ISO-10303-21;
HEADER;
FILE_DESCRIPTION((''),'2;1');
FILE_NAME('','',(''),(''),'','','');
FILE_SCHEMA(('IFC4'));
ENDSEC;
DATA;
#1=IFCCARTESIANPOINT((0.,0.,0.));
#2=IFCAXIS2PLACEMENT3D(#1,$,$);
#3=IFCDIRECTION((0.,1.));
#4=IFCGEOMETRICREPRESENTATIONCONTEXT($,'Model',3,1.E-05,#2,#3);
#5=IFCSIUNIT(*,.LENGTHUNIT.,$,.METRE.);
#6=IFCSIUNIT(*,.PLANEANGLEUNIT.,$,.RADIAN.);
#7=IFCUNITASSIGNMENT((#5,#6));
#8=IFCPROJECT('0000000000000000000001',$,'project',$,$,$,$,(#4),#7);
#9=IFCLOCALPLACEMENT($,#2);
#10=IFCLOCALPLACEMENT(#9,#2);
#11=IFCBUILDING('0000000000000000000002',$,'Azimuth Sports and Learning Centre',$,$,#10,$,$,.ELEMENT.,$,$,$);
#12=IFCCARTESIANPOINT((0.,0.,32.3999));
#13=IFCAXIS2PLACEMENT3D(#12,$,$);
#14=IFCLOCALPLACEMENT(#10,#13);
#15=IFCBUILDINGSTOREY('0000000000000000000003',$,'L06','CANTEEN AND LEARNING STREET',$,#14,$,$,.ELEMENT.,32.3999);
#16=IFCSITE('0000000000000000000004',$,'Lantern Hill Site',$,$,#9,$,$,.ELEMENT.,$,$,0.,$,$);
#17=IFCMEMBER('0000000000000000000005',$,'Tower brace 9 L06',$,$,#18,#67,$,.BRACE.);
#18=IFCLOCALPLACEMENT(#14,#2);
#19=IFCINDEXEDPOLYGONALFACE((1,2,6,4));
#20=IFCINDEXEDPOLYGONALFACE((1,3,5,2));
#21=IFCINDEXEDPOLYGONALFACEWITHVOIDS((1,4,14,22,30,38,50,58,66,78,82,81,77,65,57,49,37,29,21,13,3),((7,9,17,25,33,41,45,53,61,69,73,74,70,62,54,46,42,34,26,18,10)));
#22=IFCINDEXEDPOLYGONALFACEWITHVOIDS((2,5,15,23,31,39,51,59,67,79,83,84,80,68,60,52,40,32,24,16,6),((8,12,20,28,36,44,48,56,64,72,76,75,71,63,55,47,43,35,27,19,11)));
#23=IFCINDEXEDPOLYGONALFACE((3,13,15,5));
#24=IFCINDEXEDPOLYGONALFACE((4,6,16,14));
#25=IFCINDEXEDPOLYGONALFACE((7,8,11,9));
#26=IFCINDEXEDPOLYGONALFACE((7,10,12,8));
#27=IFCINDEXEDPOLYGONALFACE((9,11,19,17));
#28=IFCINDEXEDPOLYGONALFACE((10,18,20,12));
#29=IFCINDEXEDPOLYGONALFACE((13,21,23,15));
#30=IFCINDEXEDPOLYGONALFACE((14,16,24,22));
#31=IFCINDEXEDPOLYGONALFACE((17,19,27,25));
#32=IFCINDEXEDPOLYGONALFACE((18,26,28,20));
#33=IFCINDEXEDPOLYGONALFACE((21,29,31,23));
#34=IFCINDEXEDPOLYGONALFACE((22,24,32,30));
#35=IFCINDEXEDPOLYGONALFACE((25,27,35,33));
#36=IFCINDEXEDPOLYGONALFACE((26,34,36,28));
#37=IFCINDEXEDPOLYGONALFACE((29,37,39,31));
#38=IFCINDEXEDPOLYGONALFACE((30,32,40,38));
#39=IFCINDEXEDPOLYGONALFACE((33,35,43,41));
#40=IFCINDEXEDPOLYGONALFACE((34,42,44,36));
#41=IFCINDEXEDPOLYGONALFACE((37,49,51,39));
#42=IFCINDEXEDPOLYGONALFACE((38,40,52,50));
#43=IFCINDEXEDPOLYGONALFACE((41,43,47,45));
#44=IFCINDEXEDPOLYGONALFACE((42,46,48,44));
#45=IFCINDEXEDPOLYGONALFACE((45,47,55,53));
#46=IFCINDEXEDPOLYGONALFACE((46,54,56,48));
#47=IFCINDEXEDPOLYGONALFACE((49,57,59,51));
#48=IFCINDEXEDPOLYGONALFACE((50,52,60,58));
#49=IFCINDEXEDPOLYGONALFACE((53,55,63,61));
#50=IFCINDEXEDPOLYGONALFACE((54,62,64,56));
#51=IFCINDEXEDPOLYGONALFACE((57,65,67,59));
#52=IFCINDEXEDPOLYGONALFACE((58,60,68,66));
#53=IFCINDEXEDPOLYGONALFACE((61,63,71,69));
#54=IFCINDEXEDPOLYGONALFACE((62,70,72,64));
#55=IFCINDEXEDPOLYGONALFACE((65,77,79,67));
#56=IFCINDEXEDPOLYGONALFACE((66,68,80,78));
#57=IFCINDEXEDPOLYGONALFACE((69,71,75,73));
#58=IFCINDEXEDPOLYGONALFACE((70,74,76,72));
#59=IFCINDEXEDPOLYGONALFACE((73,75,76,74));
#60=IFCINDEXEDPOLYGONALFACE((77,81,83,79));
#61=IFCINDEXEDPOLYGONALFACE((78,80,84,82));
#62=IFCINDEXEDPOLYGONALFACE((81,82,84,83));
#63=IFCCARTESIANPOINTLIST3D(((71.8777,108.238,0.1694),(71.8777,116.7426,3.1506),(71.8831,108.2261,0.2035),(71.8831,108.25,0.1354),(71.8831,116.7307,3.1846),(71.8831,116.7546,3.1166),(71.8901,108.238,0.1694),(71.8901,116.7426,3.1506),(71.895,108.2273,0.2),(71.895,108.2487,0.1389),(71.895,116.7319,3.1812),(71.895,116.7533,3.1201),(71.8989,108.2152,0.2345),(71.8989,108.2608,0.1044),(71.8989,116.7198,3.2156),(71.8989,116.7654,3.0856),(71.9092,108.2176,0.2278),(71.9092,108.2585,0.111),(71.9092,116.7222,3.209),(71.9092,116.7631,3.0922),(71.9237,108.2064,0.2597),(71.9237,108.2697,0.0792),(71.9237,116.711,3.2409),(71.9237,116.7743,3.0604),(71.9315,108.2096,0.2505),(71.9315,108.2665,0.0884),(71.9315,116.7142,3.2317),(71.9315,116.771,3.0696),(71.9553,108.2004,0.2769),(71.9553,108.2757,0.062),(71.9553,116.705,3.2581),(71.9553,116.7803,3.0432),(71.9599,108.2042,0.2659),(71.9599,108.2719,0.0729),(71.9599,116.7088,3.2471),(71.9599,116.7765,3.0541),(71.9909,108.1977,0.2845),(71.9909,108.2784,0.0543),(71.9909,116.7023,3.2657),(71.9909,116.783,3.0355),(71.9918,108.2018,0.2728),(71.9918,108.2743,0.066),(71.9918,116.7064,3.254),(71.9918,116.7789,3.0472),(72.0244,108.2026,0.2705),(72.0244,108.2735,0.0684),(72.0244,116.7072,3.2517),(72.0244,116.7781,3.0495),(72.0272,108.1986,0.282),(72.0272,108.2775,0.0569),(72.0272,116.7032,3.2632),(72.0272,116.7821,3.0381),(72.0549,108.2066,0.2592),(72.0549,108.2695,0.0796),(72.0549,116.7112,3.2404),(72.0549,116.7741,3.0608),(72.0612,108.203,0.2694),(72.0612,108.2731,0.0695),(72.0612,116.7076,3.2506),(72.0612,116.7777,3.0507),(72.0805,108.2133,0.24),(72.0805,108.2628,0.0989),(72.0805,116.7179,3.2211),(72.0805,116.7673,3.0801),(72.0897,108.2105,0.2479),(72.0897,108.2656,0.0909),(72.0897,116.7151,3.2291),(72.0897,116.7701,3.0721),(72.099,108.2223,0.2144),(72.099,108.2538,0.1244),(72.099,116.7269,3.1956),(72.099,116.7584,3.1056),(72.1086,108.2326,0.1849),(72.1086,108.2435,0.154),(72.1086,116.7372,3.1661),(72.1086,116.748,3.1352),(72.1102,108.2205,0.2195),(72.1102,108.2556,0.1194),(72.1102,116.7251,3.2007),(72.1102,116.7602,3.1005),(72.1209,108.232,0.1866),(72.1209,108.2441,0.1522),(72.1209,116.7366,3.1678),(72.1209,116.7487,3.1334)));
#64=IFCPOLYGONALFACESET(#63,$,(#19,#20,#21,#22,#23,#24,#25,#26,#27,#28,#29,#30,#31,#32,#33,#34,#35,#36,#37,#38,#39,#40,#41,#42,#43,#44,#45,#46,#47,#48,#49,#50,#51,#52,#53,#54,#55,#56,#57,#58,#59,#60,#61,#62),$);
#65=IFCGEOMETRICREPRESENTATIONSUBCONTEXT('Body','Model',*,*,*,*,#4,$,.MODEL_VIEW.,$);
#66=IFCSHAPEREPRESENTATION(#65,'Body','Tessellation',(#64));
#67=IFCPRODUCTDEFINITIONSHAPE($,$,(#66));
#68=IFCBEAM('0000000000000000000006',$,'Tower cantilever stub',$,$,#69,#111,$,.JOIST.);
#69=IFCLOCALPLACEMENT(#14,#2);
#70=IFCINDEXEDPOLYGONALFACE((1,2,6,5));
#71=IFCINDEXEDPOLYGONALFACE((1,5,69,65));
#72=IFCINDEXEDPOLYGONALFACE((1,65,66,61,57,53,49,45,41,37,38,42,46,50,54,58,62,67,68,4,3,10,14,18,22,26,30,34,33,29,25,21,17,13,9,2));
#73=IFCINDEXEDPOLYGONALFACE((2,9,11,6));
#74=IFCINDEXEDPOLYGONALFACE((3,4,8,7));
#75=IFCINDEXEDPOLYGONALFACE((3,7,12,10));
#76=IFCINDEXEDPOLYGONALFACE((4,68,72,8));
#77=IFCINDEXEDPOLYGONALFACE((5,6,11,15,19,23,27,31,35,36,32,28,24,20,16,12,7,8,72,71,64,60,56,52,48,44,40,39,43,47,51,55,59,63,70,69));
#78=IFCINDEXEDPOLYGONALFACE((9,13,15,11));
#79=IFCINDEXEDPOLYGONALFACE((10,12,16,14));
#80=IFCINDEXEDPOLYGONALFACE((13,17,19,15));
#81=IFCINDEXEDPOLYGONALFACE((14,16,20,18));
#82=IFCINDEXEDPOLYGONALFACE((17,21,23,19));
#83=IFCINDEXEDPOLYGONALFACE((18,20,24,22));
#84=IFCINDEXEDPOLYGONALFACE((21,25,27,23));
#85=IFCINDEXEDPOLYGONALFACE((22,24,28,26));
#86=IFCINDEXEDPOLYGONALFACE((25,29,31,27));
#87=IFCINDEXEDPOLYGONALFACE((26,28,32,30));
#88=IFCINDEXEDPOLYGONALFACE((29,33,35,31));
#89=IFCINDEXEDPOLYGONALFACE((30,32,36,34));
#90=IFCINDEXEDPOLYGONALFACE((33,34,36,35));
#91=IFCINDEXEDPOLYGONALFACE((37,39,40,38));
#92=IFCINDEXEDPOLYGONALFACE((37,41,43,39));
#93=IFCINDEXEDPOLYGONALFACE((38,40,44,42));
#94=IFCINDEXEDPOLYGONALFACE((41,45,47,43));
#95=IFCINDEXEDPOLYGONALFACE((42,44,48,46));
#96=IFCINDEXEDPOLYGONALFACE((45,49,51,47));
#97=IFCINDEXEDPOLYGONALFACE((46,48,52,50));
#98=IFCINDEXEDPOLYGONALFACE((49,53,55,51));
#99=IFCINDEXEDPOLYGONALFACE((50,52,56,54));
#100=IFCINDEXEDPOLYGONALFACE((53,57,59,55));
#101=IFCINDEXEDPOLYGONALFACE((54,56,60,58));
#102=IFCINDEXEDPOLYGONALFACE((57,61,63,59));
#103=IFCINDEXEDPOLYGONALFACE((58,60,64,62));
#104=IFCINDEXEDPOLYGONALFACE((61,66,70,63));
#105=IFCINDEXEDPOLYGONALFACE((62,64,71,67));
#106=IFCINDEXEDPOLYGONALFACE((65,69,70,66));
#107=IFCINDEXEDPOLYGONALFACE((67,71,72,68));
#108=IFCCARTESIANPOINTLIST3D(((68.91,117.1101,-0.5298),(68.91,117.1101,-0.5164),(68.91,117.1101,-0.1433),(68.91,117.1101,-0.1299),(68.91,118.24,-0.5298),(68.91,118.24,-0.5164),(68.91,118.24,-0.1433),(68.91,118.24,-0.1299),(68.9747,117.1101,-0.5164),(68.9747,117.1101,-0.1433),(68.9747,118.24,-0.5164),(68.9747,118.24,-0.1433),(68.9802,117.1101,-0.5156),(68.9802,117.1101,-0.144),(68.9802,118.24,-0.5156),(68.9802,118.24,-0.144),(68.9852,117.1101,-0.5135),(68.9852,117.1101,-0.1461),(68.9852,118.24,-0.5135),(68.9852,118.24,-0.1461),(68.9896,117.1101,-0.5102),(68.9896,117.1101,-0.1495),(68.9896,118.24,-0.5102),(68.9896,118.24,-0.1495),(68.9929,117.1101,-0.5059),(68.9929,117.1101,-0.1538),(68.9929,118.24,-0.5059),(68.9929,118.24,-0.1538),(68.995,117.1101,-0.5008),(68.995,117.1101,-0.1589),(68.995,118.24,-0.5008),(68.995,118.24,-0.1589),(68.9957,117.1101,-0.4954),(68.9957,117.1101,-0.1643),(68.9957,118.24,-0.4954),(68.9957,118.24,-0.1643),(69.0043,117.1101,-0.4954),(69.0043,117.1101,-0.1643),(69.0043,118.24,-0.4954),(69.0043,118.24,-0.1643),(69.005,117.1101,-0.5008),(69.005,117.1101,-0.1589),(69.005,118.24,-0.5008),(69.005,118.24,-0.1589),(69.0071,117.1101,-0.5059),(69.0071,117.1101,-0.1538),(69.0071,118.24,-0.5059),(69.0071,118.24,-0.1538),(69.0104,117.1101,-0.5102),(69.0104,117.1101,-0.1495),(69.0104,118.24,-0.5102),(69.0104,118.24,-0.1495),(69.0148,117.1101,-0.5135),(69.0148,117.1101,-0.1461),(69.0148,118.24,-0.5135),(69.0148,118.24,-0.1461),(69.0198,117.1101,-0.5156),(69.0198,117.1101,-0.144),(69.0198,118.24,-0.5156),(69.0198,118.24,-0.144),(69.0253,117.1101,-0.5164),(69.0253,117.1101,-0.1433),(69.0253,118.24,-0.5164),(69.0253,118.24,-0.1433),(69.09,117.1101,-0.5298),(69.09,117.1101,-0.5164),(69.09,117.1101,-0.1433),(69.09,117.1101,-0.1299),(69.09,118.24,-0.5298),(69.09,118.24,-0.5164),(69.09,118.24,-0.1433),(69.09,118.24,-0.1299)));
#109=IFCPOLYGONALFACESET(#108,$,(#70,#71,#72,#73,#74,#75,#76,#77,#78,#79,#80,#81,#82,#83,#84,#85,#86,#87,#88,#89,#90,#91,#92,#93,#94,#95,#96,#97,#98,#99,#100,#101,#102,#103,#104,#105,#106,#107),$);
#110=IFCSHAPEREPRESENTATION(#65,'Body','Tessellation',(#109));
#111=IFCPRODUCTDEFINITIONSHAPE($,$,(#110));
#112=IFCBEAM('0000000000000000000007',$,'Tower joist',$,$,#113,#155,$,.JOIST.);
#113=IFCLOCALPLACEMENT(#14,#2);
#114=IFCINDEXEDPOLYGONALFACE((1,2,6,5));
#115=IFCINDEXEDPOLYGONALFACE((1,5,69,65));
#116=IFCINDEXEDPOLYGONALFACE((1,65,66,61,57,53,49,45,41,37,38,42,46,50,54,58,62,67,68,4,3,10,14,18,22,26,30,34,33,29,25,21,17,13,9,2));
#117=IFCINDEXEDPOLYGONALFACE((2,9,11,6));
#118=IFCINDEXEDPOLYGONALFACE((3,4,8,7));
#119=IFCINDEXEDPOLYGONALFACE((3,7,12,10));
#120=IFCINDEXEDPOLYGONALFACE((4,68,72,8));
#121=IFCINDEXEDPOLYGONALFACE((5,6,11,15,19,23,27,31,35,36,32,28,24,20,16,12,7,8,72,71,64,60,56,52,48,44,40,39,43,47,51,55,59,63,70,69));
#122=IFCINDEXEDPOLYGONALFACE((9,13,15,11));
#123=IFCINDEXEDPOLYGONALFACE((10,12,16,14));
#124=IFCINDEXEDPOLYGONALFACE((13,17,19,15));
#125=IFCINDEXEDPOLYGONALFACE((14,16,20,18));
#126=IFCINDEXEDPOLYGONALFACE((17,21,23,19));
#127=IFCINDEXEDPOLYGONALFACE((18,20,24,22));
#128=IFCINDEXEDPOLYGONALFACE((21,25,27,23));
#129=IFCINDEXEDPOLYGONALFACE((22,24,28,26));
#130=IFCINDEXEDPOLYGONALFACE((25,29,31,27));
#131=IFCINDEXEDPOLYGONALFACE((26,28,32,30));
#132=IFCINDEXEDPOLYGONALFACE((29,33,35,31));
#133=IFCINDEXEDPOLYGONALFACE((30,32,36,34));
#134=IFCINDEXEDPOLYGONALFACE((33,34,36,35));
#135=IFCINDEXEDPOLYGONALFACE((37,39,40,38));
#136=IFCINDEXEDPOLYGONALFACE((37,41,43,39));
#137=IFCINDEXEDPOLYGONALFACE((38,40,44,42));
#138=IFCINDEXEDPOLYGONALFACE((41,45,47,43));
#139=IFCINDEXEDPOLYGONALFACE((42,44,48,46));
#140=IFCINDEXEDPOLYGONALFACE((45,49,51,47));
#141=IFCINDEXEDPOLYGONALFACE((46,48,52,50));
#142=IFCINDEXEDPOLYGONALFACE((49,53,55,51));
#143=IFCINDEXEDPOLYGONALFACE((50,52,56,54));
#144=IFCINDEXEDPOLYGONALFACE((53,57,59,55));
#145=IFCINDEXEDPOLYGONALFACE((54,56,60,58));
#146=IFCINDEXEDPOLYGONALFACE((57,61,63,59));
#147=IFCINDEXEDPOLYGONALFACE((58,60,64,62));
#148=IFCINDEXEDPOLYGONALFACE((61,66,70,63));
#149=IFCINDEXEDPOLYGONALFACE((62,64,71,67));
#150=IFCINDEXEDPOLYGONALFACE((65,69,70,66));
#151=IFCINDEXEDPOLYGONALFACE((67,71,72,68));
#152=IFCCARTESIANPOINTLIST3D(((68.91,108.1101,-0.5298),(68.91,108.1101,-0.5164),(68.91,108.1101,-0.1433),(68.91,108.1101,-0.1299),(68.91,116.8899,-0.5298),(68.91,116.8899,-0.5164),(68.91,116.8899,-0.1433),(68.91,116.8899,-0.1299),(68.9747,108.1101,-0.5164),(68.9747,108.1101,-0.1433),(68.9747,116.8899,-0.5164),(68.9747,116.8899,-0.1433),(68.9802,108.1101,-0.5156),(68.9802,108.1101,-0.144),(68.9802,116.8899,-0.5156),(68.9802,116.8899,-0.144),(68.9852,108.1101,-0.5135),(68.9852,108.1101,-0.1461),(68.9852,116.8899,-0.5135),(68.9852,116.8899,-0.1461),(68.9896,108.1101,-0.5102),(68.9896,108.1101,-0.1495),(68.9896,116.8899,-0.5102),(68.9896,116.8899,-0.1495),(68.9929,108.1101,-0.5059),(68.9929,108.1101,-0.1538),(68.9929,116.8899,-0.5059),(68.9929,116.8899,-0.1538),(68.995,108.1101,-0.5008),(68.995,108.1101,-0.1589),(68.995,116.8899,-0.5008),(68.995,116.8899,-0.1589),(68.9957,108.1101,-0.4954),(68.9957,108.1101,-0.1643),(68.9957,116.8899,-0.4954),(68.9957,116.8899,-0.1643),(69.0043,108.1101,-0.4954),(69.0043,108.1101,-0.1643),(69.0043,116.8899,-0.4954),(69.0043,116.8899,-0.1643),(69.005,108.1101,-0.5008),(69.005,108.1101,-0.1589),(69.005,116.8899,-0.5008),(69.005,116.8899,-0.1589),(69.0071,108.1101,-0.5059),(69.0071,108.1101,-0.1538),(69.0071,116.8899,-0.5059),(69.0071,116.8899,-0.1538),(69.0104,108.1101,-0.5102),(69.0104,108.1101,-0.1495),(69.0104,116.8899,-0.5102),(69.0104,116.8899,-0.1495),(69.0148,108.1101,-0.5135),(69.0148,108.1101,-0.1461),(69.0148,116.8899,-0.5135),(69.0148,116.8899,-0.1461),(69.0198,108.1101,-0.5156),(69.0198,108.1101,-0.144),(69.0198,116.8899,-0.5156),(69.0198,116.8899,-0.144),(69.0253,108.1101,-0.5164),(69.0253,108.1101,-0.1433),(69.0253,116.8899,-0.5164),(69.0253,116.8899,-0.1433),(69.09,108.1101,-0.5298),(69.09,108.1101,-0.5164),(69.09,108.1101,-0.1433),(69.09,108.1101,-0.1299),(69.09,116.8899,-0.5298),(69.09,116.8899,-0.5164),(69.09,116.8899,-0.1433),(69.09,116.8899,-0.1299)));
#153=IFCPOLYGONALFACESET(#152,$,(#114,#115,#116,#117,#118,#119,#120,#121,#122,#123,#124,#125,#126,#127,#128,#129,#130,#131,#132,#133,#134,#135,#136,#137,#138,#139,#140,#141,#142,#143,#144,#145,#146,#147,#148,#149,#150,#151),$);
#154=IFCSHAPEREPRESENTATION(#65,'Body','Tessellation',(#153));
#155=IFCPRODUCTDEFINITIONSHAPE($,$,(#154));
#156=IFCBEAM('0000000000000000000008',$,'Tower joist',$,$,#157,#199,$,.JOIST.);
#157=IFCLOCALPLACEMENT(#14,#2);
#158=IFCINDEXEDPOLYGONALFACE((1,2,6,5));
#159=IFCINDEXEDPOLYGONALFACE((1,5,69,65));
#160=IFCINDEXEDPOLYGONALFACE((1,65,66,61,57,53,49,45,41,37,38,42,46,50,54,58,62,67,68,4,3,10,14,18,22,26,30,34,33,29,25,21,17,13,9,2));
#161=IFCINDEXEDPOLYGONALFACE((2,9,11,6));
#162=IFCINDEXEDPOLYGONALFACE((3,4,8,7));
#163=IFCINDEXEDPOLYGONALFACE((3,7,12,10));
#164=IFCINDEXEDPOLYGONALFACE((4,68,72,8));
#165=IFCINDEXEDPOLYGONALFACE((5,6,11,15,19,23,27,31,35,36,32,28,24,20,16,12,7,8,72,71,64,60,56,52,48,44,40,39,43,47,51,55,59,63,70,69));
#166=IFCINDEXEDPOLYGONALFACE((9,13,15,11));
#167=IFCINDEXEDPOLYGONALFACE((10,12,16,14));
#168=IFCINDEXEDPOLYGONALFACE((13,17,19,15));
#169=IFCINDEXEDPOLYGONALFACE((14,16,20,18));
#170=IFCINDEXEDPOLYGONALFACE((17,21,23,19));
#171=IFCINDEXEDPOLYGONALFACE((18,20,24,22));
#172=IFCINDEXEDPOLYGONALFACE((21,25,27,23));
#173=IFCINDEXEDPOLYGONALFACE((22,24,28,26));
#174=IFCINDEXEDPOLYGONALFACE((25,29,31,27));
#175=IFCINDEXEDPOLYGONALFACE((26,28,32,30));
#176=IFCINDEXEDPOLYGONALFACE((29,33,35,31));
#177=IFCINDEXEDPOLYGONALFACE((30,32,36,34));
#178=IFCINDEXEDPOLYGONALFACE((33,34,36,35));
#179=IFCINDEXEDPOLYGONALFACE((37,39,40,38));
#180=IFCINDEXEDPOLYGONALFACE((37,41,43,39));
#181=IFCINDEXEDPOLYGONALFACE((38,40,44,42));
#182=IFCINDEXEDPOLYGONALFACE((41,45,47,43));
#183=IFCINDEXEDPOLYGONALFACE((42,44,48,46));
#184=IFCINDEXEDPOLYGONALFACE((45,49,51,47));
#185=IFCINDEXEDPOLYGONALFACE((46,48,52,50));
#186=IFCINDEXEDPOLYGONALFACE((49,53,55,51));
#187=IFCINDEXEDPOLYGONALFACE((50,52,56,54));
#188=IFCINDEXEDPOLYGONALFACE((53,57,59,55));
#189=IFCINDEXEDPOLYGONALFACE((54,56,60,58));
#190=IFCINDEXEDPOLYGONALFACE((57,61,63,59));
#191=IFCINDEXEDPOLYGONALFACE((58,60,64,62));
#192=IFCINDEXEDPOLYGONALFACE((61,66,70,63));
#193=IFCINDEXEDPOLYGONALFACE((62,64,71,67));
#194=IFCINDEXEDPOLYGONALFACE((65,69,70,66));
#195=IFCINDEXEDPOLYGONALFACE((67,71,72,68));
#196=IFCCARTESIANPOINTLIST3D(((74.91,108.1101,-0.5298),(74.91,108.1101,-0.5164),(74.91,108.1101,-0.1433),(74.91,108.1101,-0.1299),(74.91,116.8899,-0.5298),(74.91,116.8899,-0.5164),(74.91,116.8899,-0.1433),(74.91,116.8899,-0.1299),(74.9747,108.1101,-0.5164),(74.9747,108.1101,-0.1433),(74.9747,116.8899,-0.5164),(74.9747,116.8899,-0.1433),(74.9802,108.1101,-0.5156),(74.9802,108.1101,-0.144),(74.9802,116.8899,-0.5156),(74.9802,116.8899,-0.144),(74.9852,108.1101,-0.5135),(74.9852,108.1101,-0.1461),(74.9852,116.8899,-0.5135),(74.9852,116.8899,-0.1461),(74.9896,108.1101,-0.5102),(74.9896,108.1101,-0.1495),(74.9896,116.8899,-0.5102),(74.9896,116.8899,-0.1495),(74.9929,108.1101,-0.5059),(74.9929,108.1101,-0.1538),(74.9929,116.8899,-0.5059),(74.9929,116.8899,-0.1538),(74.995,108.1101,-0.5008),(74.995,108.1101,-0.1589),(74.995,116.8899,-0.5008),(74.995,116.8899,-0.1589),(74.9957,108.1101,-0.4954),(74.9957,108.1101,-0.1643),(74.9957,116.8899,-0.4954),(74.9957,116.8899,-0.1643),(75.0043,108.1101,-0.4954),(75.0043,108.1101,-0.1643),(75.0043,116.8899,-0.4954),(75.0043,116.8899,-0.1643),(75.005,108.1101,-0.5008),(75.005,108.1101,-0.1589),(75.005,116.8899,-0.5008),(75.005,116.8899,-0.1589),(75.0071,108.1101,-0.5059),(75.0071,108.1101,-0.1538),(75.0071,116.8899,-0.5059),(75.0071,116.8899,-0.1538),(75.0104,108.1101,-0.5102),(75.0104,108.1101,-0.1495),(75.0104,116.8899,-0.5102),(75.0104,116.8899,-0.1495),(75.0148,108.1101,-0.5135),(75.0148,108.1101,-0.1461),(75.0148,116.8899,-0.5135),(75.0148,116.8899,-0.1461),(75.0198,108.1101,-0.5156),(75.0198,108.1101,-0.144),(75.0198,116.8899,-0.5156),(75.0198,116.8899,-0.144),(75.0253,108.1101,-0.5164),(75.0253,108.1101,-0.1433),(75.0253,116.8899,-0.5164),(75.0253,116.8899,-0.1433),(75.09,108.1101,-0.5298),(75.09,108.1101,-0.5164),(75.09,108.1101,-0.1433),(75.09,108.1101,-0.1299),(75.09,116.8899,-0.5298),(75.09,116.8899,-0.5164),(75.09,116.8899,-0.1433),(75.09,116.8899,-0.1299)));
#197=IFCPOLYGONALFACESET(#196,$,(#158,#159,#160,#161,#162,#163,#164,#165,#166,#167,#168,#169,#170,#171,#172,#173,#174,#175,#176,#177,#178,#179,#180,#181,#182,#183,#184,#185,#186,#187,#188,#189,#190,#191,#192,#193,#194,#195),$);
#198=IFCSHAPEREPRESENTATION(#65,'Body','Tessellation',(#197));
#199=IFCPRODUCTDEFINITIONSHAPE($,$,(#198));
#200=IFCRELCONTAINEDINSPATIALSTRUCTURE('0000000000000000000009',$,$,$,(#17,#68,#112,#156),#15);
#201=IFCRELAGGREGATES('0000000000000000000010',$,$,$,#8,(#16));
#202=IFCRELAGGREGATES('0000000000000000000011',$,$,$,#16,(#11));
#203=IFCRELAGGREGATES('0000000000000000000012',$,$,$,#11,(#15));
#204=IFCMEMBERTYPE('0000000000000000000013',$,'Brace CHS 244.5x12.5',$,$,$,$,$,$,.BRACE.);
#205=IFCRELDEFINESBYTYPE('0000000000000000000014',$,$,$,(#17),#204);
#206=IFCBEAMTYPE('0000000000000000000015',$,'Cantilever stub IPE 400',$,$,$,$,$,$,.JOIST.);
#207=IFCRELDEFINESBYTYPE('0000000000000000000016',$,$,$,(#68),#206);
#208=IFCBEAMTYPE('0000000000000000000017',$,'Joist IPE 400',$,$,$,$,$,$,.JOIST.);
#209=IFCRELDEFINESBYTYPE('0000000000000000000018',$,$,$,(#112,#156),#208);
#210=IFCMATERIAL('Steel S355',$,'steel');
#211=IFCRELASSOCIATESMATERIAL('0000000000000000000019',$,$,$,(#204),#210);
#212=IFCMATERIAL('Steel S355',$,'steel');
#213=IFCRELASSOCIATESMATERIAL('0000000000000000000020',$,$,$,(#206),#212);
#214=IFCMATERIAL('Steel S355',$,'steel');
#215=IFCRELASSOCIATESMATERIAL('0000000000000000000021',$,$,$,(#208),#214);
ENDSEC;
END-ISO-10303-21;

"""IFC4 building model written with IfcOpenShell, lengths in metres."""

from ifc_helpers import new_model, si_unit, direction, frame, origin, origin_2d, place, context, subcontext, project, spatial, hollow_circle, i_section, extrude, material, material_profile, profile_set, type_object, element, save


model = new_model("IFC4")

# Units and contexts
model_context = context("Model", 3, precision=1e-05, world=origin(), true_north=direction((0.0, 1.0)))
body_context = subcontext(model_context, "Body", "Model", "MODEL_VIEW")
ifc_project = project(units=[si_unit("LENGTHUNIT", "METRE"), si_unit("PLANEANGLEUNIT", "RADIAN")], contexts=[model_context])

# Site, building, storey
site_placement = place(None, origin())
site = spatial("IfcSite", under=ifc_project, at=site_placement, Name="Lantern Hill Site", CompositionType="ELEMENT", RefElevation=0.0)
building_placement = place(site_placement, origin())
building = spatial("IfcBuilding", under=site, at=building_placement, Name="Azimuth Sports and Learning Centre", CompositionType="ELEMENT")
storey_placement = place(building_placement, frame((0.0, 0.0, 32.3999)))
storey = spatial("IfcBuildingStorey", under=building, at=storey_placement, Name="L06", Description="CANTEEN AND LEARNING STREET", CompositionType="ELEMENT", Elevation=32.3999)

# Member
ifc_material_1 = material(Name="Steel S355", Category="steel")
ifc_material_profile_1 = material_profile(ifc_material_1, hollow_circle(Radius=0.1223, WallThickness=0.0125, at=origin_2d()), Name="CHS 244.5x12.5")
ifc_profile_set_1 = profile_set([ifc_material_profile_1], Name="Steel S355")
member_type = type_object("IfcMemberType", Name="Brace CHS 244.5x12.5", PredefinedType="BRACE", material=ifc_profile_set_1)
member_placement = place(storey_placement, frame((72.0, 108.238, 0.1694), z_axis=(0.0, 0.9437, 0.330803), x_axis=(-1.0, 0.0, 0.0)))
element("IfcMember", 1, at=member_placement, inside=storey, type_object=member_type, Name="Tower brace 9 L06", PredefinedType="BRACE", context=body_context, shape_type="SweptSolid", body=[
    extrude(hollow_circle(Radius=0.1223, WallThickness=0.0125, at=origin_2d()), origin(), (0.0, 0.0, 1.0), 9.012),
])

# Beams
ifc_material_2 = material(Name="Steel S355", Category="steel")
ifc_material_profile_2 = material_profile(ifc_material_2, i_section(OverallWidth=0.1799, OverallDepth=0.3999, WebThickness=0.0085, FlangeThickness=0.0134, FilletRadius=0.021, at=origin_2d()), Name="IPE 400")
ifc_profile_set_2 = profile_set([ifc_material_profile_2], Name="Steel S355")
beam_type_1 = type_object("IfcBeamType", Name="Cantilever stub IPE 400", PredefinedType="JOIST", material=ifc_profile_set_2)
beam_placement = place(storey_placement, frame((69.0, 117.1101, -0.3298), z_axis=(0.0, 1.0, 0.0), x_axis=(-1.0, 0.0, 0.0)))
element("IfcBeam", 2, at=beam_placement, inside=storey, type_object=beam_type_1, Name="Tower cantilever stub", PredefinedType="JOIST", context=body_context, shape_type="SweptSolid", body=[
    extrude(i_section(OverallWidth=0.1799, OverallDepth=0.3999, WebThickness=0.0085, FlangeThickness=0.0134, FilletRadius=0.021, at=origin_2d()), origin(), (0.0, 0.0, 1.0), 1.1299),
])
ifc_material_3 = material(Name="Steel S355", Category="steel")
ifc_material_profile_3 = material_profile(ifc_material_3, i_section(OverallWidth=0.1799, OverallDepth=0.3999, WebThickness=0.0085, FlangeThickness=0.0134, FilletRadius=0.021, at=origin_2d()), Name="IPE 400")
ifc_profile_set_3 = profile_set([ifc_material_profile_3], Name="Steel S355")
beam_type_2 = type_object("IfcBeamType", Name="Joist IPE 400", PredefinedType="JOIST", material=ifc_profile_set_3)
for number, where, z_axis, x_axis, name in (
    (3, (69.0, 108.1101, -0.3298), (0.0, 1.0, 0.0), (-1.0, 0.0, 0.0), "Tower joist"),
    (4, (75.0, 108.1101, -0.3298), (0.0, 1.0, 0.0), (-1.0, 0.0, 0.0), "Tower joist"),
):
    element("IfcBeam", number, at=place(storey_placement, frame(where, z_axis=z_axis, x_axis=x_axis)), inside=storey, type_object=beam_type_2, Name=name, PredefinedType="JOIST", context=body_context, shape_type="SweptSolid", body=[
        extrude(i_section(OverallWidth=0.1799, OverallDepth=0.3999, WebThickness=0.0085, FlangeThickness=0.0134, FilletRadius=0.021, at=origin_2d()), origin(), (0.0, 0.0, 1.0), 8.7798),
    ])

save(model, "model.ifc")
